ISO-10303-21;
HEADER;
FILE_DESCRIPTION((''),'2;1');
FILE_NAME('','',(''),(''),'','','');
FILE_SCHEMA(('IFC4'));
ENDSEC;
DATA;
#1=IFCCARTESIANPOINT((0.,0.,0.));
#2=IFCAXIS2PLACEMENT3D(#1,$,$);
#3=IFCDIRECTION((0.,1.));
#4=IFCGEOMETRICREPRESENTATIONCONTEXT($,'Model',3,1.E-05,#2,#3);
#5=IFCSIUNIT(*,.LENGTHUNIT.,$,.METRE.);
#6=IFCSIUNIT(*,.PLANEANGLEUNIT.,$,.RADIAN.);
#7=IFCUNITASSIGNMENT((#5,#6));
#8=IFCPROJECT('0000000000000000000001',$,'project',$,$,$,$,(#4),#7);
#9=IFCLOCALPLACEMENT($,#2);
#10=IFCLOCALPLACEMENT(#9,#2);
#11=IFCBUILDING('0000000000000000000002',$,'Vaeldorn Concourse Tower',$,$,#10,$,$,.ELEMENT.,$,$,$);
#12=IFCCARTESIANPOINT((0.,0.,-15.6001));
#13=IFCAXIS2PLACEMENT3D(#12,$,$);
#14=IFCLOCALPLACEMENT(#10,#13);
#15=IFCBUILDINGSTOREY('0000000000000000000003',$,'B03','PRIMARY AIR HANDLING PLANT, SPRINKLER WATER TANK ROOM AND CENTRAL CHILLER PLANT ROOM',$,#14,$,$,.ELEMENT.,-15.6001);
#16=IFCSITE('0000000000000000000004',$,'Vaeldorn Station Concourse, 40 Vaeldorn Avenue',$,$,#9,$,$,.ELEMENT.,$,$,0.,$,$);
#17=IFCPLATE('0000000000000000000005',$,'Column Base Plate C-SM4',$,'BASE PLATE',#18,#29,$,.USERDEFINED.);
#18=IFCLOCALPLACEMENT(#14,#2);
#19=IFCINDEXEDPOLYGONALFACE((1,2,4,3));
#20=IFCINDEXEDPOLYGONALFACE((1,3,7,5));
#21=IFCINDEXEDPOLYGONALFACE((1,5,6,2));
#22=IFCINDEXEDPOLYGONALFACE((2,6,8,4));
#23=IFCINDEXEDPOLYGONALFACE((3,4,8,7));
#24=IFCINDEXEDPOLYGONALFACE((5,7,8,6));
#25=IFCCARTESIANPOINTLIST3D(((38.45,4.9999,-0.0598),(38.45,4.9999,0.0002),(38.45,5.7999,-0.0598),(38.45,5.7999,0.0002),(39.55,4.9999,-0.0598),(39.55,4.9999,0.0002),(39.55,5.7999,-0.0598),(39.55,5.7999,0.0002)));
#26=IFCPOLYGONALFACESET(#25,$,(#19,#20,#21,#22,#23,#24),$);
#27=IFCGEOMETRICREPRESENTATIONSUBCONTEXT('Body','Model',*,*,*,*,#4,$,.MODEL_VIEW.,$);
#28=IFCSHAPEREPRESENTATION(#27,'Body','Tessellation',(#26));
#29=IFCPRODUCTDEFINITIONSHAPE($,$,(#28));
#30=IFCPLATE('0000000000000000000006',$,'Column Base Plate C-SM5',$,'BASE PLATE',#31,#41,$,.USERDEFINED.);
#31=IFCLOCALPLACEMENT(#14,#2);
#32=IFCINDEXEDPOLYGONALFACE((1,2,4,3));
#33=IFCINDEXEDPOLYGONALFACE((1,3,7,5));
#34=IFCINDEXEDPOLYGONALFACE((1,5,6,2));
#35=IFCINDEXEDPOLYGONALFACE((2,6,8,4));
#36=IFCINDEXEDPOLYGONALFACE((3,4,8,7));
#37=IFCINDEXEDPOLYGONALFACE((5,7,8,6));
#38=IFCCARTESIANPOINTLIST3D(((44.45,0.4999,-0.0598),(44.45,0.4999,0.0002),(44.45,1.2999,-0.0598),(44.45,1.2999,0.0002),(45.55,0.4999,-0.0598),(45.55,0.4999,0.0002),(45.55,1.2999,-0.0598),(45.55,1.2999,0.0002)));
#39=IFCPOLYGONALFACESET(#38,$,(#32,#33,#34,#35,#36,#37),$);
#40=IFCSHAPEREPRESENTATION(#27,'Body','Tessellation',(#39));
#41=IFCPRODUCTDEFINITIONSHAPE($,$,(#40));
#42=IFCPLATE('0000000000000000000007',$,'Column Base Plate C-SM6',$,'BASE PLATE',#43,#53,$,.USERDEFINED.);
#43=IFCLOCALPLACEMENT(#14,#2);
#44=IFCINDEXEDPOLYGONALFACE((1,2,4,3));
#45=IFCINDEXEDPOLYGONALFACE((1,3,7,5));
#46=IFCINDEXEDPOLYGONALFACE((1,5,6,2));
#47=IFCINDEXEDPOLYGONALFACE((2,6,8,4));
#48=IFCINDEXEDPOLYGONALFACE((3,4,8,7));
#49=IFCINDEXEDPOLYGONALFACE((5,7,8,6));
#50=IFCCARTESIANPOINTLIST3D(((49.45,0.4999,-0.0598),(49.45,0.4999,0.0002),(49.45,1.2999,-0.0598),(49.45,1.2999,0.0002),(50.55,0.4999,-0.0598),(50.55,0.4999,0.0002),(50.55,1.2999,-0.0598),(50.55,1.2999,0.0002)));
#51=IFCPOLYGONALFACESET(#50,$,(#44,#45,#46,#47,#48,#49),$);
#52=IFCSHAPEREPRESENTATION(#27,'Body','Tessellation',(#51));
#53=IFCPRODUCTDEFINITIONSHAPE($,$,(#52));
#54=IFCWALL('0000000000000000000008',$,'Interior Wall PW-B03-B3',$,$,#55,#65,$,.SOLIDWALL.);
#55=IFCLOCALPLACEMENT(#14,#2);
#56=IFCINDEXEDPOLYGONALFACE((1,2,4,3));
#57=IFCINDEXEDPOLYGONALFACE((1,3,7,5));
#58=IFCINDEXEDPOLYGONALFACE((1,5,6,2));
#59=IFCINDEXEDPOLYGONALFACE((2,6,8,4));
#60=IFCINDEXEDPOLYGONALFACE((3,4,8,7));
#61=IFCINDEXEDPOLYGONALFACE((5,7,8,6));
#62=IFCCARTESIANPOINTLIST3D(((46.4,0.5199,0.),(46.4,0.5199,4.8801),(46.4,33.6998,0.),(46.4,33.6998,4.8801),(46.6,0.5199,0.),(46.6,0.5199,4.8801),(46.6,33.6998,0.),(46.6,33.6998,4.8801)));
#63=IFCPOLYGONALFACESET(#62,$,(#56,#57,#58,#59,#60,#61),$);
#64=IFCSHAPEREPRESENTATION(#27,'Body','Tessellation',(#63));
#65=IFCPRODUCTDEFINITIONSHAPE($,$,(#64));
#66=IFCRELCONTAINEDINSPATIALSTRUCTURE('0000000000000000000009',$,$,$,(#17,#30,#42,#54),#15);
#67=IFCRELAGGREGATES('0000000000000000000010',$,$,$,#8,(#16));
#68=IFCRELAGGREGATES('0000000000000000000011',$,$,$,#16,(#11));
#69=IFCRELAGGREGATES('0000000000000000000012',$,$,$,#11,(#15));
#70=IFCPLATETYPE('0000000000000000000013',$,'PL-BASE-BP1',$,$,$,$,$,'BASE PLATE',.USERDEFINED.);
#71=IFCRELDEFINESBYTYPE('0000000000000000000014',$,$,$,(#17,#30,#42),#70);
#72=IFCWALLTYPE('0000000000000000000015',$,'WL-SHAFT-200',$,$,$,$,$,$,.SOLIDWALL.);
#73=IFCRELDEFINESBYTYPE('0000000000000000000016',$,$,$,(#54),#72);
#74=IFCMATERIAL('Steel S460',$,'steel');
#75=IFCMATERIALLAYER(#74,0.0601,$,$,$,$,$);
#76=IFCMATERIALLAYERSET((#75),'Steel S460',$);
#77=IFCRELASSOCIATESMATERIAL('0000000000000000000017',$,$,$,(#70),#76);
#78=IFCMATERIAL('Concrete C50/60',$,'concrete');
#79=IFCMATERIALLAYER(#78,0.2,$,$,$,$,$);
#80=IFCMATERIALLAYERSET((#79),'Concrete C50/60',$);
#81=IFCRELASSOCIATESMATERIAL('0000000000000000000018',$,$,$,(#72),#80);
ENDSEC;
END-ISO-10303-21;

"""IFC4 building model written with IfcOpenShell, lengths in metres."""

from ifc_helpers import new_model, si_unit, direction, frame, frame_2d, origin, origin_2d, place, context, subcontext, project, spatial, rectangle, extrude, source, transform, mapped, material, layer, layer_set, type_object, element, save


model = new_model("IFC4")

# Units and contexts
model_context = context("Model", 3, precision=1e-05, world=origin(), true_north=direction((0.0, 1.0)))
body_context = subcontext(model_context, "Body", "Model", "MODEL_VIEW")
ifc_project = project(units=[si_unit("LENGTHUNIT", "METRE"), si_unit("PLANEANGLEUNIT", "RADIAN")], contexts=[model_context])

# Site, building, storey
site_placement = place(None, origin())
site = spatial("IfcSite", under=ifc_project, at=site_placement, Name="Vaeldorn Station Concourse, 40 Vaeldorn Avenue", CompositionType="ELEMENT", RefElevation=0.0)
building_placement = place(site_placement, origin())
building = spatial("IfcBuilding", under=site, at=building_placement, Name="Vaeldorn Concourse Tower", CompositionType="ELEMENT")
storey_placement = place(building_placement, frame((0.0, 0.0, -15.6001)))
storey = spatial("IfcBuildingStorey", under=building, at=storey_placement, Name="B03", Description="PRIMARY AIR HANDLING PLANT, SPRINKLER WATER TANK ROOM AND CENTRAL CHILLER PLANT ROOM", CompositionType="ELEMENT", Elevation=-15.6001)

# Shared definitions
ifc_material_1 = material(Name="Concrete C50/60", Category="concrete")

# Shared definitions
ifc_material_2 = material(Name="Steel S460", Category="steel")

# Plates
ifc_layer_1 = layer(ifc_material_2, 0.0601)
ifc_layer_set_1 = layer_set([ifc_layer_1], Name="Steel S460")
plate_type = type_object("IfcPlateType", Name="PL-BASE-BP1", ElementType="BASE PLATE", PredefinedType="USERDEFINED", material=ifc_layer_set_1)
shared_shape_1 = source(origin(), body_context, "Body", "SweptSolid", [
    extrude(rectangle(XDim=1.1001, YDim=0.8, at=origin_2d()), origin(), (0.0, 0.0, 1.0), 0.0601),
])
for number, where, z_axis, x_axis, name in (
    (1, (39.0, 5.3999, -0.0598), (0.0, 0.0, 1.0), (1.0, 0.0, 0.0), "Column Base Plate C-SM4"),
    (2, (45.0, 0.8999, -0.0598), (0.0, 0.0, 1.0), (1.0, 0.0, 0.0), "Column Base Plate C-SM5"),
    (3, (50.0, 0.8999, -0.0598), (0.0, 0.0, 1.0), (1.0, 0.0, 0.0), "Column Base Plate C-SM6"),
):
    element("IfcPlate", number, at=place(storey_placement, frame(where, z_axis=z_axis, x_axis=x_axis)), inside=storey, type_object=plate_type, Name=name, ObjectType="BASE PLATE", PredefinedType="USERDEFINED", context=body_context, shape_type="MappedRepresentation", body=[
        mapped(shared_shape_1, transform((0.0, 0.0, 0.0), scale=1.0)),
    ])

# Wall
ifc_layer_2 = layer(ifc_material_1, 0.2)
ifc_layer_set_2 = layer_set([ifc_layer_2], Name="Concrete C50/60")
wall_type = type_object("IfcWallType", Name="WL-SHAFT-200", PredefinedType="SOLIDWALL", material=ifc_layer_set_2)
wall_placement = place(storey_placement, frame((46.5, 0.52, 0.0), z_axis=(0.0, 0.0, 1.0), x_axis=(0.0, 1.0, 0.0)))
element("IfcWall", 4, at=wall_placement, inside=storey, type_object=wall_type, Name="Interior Wall PW-B03-B3", PredefinedType="SOLIDWALL", context=body_context, shape_type="SweptSolid", body=[
    extrude(rectangle(XDim=33.1799, YDim=0.2, at=frame_2d((16.5898, 0.0))), origin(), (0.0, 0.0, 1.0), 4.8801),
])

save(model, "model.ifc")
